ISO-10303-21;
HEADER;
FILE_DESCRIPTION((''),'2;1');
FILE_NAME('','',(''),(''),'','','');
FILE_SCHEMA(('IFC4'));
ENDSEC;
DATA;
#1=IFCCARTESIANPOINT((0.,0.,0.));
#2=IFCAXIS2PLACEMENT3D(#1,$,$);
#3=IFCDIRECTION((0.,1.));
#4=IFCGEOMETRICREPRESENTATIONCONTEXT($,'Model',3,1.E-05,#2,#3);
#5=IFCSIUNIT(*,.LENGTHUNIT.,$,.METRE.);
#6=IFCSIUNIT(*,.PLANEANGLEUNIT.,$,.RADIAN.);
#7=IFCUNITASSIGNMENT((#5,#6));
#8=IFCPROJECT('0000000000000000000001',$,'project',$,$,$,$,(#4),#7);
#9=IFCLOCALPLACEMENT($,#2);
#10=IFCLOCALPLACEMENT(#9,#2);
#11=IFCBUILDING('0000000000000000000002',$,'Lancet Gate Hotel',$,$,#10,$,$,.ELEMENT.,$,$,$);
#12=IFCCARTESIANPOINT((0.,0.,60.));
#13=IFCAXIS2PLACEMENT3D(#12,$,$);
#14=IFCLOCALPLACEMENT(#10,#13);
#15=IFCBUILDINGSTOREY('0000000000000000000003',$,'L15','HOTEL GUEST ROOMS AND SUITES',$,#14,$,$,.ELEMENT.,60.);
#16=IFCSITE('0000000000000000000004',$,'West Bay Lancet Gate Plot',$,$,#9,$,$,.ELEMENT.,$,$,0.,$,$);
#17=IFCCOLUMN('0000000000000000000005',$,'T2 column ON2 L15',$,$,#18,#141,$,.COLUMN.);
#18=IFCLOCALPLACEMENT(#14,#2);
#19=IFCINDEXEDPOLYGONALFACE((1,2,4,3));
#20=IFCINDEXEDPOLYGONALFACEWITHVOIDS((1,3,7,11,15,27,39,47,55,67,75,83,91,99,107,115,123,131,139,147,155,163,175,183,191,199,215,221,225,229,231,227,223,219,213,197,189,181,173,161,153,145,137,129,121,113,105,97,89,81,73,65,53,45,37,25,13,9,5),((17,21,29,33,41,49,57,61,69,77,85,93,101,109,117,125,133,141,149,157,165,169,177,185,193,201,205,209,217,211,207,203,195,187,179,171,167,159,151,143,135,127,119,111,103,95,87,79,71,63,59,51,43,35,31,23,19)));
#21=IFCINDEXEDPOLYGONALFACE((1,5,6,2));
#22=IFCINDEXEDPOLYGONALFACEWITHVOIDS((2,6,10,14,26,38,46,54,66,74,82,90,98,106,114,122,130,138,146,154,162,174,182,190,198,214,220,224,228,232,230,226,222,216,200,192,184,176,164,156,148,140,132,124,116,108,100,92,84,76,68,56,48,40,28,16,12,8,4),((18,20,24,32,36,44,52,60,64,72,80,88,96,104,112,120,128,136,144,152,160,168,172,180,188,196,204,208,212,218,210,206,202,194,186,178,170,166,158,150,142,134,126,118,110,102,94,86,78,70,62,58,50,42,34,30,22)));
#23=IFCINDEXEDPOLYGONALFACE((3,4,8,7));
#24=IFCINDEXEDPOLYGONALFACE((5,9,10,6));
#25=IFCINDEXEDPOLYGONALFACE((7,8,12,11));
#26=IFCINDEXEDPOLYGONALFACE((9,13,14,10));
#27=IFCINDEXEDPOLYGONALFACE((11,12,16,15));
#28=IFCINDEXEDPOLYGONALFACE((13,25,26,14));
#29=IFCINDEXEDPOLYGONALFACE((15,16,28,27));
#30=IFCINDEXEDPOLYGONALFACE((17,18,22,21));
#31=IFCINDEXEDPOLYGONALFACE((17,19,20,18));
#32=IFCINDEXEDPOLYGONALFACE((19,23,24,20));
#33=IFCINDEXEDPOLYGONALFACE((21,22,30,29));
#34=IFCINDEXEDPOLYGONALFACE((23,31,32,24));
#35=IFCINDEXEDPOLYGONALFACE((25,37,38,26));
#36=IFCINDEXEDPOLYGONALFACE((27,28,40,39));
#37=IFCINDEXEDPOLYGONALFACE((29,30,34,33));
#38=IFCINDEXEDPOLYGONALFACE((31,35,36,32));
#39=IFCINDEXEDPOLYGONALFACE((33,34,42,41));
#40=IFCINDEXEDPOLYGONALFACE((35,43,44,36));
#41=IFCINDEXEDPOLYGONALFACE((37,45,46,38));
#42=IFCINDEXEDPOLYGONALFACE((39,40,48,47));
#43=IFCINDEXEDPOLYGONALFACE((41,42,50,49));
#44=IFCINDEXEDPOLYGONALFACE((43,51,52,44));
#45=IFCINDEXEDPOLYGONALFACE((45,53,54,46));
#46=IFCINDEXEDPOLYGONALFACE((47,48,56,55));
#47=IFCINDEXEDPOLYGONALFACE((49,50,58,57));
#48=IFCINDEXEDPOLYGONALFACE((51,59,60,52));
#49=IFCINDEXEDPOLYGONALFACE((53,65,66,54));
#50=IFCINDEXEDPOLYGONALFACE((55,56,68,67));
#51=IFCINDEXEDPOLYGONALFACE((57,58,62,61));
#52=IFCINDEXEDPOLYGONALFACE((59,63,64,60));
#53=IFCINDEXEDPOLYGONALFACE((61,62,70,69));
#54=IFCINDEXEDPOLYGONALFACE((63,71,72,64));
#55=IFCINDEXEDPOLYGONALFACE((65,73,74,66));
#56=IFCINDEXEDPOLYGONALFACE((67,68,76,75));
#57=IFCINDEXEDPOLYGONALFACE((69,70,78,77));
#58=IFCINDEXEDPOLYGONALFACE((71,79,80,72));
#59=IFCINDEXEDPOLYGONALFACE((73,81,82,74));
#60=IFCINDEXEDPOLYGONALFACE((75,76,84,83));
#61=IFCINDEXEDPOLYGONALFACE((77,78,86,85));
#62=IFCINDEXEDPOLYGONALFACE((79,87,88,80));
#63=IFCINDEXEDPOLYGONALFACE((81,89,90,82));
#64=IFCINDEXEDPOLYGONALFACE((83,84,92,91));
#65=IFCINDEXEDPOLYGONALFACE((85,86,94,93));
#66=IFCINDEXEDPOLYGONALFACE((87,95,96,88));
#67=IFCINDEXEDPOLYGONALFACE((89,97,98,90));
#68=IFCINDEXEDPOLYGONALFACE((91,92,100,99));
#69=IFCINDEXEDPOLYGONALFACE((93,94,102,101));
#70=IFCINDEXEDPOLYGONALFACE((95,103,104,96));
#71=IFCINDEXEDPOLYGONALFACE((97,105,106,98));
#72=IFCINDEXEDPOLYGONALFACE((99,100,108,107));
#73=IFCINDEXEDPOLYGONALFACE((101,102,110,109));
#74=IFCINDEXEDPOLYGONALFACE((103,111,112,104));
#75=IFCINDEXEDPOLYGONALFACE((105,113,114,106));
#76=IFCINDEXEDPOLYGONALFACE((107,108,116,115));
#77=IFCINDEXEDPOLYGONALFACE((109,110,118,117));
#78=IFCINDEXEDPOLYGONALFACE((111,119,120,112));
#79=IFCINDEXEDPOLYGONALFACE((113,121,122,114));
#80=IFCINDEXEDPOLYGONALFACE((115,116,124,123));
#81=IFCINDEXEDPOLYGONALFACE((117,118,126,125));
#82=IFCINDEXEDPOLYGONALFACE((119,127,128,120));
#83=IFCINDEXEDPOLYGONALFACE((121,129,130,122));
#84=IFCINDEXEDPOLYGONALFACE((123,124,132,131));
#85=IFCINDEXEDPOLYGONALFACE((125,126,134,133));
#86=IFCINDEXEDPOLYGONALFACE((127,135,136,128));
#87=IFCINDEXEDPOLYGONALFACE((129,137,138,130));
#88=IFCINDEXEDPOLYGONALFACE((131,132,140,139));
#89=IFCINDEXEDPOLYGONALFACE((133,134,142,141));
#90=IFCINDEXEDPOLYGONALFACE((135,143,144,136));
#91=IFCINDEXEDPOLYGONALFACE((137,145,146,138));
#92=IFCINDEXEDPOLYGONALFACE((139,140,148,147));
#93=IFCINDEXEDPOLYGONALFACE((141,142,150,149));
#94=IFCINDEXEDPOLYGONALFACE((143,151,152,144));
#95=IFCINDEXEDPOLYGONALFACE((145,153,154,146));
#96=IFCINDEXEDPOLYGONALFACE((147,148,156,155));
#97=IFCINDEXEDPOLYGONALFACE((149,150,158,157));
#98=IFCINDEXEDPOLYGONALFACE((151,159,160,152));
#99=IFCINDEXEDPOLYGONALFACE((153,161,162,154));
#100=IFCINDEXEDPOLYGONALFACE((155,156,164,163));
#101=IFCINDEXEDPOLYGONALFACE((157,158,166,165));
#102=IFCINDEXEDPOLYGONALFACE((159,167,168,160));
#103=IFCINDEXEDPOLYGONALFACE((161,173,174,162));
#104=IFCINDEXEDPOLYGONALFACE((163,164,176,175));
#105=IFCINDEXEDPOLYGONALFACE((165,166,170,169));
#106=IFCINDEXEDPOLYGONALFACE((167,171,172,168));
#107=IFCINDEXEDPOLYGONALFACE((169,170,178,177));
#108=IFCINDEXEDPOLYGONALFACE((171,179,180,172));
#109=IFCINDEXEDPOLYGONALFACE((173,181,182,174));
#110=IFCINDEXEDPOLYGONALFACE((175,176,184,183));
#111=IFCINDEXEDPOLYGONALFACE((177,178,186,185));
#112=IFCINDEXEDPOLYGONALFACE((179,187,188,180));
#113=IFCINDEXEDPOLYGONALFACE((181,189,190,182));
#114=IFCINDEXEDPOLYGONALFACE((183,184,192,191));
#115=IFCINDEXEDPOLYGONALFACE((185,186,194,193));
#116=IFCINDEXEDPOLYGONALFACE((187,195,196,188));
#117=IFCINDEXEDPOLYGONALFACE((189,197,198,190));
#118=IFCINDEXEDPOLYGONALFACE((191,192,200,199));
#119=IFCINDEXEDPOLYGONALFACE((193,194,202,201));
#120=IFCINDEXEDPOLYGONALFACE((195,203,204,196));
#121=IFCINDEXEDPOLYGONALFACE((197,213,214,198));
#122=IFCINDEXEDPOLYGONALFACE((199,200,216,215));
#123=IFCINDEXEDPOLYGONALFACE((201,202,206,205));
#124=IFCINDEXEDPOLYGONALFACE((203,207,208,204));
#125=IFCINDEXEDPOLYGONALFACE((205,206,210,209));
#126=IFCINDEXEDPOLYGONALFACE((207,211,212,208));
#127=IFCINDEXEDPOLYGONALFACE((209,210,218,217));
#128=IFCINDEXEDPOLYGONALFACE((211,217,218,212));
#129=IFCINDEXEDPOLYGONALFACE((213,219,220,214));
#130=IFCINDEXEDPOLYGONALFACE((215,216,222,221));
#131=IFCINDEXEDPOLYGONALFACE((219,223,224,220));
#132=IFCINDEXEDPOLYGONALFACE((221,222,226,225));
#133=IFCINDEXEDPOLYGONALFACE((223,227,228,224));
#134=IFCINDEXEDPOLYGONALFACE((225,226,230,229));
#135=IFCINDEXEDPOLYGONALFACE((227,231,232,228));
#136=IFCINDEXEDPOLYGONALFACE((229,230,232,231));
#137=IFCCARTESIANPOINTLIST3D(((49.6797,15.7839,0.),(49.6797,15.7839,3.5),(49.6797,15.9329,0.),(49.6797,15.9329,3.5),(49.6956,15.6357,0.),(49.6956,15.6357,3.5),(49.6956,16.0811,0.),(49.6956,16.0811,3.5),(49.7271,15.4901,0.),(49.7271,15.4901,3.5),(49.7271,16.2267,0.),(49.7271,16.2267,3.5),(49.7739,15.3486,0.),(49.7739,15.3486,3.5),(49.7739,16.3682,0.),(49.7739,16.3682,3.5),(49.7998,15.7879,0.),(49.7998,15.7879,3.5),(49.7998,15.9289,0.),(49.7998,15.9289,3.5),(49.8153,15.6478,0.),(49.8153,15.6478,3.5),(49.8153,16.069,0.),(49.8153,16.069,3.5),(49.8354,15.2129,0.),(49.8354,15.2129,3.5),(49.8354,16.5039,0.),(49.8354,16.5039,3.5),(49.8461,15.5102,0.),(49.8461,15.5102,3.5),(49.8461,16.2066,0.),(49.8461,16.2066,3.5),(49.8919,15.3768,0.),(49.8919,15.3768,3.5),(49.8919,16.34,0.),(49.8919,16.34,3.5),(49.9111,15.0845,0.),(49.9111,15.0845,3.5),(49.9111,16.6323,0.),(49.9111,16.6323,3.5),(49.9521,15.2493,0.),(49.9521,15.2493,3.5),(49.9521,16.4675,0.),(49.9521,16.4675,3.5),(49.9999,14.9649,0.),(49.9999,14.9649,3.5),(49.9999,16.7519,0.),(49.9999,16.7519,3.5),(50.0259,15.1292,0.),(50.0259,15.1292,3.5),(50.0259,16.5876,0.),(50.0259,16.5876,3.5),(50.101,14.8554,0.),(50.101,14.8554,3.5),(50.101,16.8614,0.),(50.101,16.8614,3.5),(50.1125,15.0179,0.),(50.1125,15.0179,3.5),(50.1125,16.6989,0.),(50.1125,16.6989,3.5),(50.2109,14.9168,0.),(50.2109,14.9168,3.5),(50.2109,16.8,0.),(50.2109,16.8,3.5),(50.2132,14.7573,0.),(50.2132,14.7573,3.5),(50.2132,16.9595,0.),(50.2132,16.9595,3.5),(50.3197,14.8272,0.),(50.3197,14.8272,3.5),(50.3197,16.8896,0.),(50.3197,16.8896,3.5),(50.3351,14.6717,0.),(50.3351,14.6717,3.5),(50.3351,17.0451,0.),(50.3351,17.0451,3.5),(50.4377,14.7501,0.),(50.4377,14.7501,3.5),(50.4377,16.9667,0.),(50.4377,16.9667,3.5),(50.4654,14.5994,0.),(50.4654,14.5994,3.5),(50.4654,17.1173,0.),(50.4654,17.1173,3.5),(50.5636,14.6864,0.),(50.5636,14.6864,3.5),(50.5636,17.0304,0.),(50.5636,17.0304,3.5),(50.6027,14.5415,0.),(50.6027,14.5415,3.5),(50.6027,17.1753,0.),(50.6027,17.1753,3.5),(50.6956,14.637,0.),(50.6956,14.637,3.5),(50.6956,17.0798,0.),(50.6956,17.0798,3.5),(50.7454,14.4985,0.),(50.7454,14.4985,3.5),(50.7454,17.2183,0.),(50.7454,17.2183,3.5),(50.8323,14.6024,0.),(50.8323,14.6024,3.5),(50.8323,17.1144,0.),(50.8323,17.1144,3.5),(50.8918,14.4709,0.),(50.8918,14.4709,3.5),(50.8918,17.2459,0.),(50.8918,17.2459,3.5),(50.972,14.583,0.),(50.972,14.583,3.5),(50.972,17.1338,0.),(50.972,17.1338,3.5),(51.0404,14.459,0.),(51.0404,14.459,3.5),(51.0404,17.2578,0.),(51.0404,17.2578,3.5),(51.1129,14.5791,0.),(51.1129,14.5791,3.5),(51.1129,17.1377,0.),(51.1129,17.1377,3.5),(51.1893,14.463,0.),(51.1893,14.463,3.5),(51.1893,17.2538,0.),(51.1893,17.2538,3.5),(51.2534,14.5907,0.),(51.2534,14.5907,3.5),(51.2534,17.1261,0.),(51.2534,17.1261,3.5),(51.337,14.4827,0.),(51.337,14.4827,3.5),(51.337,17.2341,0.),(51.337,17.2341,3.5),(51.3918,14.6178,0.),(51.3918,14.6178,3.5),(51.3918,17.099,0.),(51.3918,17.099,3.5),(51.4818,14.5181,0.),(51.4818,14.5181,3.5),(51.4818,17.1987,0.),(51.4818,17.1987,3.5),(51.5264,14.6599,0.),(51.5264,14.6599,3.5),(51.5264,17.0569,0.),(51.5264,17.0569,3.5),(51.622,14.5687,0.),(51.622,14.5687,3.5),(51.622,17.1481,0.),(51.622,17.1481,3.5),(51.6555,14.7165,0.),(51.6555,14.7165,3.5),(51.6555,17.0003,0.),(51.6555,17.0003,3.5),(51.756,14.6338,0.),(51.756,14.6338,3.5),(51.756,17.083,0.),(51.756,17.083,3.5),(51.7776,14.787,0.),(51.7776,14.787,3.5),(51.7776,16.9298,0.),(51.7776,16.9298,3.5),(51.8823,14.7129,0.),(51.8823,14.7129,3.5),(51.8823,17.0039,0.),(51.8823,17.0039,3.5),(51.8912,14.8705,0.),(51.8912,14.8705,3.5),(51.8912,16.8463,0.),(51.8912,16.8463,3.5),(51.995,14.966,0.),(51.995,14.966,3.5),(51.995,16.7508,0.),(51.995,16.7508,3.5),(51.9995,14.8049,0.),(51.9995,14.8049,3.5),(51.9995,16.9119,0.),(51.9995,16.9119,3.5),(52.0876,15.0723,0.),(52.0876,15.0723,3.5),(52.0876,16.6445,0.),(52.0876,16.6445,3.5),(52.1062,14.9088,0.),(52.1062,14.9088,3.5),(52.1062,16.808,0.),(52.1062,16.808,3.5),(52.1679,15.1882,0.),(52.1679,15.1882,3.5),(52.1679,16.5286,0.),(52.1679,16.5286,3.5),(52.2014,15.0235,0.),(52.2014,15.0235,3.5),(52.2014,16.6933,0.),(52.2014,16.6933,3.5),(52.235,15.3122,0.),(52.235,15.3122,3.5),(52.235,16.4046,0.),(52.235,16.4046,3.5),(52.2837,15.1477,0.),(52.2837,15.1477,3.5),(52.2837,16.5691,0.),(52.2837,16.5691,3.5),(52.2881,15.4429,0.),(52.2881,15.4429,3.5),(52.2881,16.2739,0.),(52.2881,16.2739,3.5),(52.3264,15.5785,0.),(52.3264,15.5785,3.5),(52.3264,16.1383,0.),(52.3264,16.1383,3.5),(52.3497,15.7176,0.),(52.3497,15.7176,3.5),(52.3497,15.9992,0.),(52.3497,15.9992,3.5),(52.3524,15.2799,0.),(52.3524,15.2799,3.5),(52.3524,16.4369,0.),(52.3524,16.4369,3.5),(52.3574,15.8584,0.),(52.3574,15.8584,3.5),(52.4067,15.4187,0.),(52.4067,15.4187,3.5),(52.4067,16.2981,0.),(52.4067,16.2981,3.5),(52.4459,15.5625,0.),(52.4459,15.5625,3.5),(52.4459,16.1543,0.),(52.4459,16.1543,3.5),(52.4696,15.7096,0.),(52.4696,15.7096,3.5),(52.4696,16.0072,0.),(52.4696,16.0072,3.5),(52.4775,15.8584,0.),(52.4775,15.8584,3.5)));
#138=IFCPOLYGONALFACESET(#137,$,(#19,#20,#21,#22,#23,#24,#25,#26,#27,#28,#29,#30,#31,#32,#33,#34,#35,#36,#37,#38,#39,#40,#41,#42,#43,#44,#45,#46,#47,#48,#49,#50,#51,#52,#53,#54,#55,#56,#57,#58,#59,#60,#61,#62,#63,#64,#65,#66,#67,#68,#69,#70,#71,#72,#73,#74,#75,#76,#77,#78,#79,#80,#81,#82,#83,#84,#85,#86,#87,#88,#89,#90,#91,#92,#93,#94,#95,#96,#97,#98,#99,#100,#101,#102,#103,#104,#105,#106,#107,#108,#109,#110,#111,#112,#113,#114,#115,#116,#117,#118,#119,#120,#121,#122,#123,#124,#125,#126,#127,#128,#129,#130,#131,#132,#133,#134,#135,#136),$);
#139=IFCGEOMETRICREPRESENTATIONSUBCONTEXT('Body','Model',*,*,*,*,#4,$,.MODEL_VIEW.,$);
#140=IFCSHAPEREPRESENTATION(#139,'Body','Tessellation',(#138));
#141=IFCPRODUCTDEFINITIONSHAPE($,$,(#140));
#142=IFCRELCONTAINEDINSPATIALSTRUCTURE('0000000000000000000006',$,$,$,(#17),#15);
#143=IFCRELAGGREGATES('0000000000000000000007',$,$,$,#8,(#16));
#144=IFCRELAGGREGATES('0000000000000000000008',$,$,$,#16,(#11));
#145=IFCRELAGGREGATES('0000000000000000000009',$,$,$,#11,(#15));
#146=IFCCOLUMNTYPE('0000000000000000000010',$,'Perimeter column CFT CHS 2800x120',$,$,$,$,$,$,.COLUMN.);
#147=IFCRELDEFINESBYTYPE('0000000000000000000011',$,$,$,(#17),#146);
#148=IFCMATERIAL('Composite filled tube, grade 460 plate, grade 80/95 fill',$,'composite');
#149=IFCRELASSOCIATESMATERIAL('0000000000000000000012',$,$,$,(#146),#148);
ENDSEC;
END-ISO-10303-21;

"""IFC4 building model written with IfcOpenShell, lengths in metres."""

from ifc_helpers import new_model, si_unit, direction, frame, origin, origin_2d, place, context, subcontext, project, spatial, hollow_circle, extrude, material, material_profile, profile_set, type_object, element, save


model = new_model("IFC4")

# Units and contexts
model_context = context("Model", 3, precision=1e-05, world=origin(), true_north=direction((0.0, 1.0)))
body_context = subcontext(model_context, "Body", "Model", "MODEL_VIEW")
ifc_project = project(units=[si_unit("LENGTHUNIT", "METRE"), si_unit("PLANEANGLEUNIT", "RADIAN")], contexts=[model_context])

# Site, building, storey
site_placement = place(None, origin())
site = spatial("IfcSite", under=ifc_project, at=site_placement, Name="West Bay Lancet Gate Plot", CompositionType="ELEMENT", RefElevation=0.0)
building_placement = place(site_placement, origin())
building = spatial("IfcBuilding", under=site, at=building_placement, Name="Lancet Gate Hotel", CompositionType="ELEMENT")
storey_placement = place(building_placement, frame((0.0, 0.0, 60.0)))
storey = spatial("IfcBuildingStorey", under=building, at=storey_placement, Name="L15", Description="HOTEL GUEST ROOMS AND SUITES", CompositionType="ELEMENT", Elevation=60.0)

# Column
ifc_material_1 = material(Name="Composite filled tube, grade 460 plate, grade 80/95 fill", Category="composite")
ifc_material_profile_1 = material_profile(ifc_material_1, hollow_circle(Radius=1.3999, WallThickness=0.1201, at=origin_2d()), Name="CHS 2800x120")
ifc_profile_set_1 = profile_set([ifc_material_profile_1], Name="Composite filled tube, grade 460 plate, grade 80/95 fill")
column_type = type_object("IfcColumnType", Name="Perimeter column CFT CHS 2800x120", PredefinedType="COLUMN", material=ifc_profile_set_1)
for number, where, z_axis, x_axis, name in (
    (1, (51.0776, 15.8584, 0.0), (0.0, 0.0, 1.0), (1.0, 0.0, 0.0), "T2 column ON2 L15"),
):
    element("IfcColumn", number, at=place(storey_placement, frame(where, z_axis=z_axis, x_axis=x_axis)), inside=storey, type_object=column_type, Name=name, PredefinedType="COLUMN", context=body_context, shape_type="SweptSolid", body=[
        extrude(hollow_circle(Radius=1.3999, WallThickness=0.1201, at=origin_2d()), origin(), (0.0, 0.0, 1.0), 3.5),
    ])

save(model, "model.ifc")
